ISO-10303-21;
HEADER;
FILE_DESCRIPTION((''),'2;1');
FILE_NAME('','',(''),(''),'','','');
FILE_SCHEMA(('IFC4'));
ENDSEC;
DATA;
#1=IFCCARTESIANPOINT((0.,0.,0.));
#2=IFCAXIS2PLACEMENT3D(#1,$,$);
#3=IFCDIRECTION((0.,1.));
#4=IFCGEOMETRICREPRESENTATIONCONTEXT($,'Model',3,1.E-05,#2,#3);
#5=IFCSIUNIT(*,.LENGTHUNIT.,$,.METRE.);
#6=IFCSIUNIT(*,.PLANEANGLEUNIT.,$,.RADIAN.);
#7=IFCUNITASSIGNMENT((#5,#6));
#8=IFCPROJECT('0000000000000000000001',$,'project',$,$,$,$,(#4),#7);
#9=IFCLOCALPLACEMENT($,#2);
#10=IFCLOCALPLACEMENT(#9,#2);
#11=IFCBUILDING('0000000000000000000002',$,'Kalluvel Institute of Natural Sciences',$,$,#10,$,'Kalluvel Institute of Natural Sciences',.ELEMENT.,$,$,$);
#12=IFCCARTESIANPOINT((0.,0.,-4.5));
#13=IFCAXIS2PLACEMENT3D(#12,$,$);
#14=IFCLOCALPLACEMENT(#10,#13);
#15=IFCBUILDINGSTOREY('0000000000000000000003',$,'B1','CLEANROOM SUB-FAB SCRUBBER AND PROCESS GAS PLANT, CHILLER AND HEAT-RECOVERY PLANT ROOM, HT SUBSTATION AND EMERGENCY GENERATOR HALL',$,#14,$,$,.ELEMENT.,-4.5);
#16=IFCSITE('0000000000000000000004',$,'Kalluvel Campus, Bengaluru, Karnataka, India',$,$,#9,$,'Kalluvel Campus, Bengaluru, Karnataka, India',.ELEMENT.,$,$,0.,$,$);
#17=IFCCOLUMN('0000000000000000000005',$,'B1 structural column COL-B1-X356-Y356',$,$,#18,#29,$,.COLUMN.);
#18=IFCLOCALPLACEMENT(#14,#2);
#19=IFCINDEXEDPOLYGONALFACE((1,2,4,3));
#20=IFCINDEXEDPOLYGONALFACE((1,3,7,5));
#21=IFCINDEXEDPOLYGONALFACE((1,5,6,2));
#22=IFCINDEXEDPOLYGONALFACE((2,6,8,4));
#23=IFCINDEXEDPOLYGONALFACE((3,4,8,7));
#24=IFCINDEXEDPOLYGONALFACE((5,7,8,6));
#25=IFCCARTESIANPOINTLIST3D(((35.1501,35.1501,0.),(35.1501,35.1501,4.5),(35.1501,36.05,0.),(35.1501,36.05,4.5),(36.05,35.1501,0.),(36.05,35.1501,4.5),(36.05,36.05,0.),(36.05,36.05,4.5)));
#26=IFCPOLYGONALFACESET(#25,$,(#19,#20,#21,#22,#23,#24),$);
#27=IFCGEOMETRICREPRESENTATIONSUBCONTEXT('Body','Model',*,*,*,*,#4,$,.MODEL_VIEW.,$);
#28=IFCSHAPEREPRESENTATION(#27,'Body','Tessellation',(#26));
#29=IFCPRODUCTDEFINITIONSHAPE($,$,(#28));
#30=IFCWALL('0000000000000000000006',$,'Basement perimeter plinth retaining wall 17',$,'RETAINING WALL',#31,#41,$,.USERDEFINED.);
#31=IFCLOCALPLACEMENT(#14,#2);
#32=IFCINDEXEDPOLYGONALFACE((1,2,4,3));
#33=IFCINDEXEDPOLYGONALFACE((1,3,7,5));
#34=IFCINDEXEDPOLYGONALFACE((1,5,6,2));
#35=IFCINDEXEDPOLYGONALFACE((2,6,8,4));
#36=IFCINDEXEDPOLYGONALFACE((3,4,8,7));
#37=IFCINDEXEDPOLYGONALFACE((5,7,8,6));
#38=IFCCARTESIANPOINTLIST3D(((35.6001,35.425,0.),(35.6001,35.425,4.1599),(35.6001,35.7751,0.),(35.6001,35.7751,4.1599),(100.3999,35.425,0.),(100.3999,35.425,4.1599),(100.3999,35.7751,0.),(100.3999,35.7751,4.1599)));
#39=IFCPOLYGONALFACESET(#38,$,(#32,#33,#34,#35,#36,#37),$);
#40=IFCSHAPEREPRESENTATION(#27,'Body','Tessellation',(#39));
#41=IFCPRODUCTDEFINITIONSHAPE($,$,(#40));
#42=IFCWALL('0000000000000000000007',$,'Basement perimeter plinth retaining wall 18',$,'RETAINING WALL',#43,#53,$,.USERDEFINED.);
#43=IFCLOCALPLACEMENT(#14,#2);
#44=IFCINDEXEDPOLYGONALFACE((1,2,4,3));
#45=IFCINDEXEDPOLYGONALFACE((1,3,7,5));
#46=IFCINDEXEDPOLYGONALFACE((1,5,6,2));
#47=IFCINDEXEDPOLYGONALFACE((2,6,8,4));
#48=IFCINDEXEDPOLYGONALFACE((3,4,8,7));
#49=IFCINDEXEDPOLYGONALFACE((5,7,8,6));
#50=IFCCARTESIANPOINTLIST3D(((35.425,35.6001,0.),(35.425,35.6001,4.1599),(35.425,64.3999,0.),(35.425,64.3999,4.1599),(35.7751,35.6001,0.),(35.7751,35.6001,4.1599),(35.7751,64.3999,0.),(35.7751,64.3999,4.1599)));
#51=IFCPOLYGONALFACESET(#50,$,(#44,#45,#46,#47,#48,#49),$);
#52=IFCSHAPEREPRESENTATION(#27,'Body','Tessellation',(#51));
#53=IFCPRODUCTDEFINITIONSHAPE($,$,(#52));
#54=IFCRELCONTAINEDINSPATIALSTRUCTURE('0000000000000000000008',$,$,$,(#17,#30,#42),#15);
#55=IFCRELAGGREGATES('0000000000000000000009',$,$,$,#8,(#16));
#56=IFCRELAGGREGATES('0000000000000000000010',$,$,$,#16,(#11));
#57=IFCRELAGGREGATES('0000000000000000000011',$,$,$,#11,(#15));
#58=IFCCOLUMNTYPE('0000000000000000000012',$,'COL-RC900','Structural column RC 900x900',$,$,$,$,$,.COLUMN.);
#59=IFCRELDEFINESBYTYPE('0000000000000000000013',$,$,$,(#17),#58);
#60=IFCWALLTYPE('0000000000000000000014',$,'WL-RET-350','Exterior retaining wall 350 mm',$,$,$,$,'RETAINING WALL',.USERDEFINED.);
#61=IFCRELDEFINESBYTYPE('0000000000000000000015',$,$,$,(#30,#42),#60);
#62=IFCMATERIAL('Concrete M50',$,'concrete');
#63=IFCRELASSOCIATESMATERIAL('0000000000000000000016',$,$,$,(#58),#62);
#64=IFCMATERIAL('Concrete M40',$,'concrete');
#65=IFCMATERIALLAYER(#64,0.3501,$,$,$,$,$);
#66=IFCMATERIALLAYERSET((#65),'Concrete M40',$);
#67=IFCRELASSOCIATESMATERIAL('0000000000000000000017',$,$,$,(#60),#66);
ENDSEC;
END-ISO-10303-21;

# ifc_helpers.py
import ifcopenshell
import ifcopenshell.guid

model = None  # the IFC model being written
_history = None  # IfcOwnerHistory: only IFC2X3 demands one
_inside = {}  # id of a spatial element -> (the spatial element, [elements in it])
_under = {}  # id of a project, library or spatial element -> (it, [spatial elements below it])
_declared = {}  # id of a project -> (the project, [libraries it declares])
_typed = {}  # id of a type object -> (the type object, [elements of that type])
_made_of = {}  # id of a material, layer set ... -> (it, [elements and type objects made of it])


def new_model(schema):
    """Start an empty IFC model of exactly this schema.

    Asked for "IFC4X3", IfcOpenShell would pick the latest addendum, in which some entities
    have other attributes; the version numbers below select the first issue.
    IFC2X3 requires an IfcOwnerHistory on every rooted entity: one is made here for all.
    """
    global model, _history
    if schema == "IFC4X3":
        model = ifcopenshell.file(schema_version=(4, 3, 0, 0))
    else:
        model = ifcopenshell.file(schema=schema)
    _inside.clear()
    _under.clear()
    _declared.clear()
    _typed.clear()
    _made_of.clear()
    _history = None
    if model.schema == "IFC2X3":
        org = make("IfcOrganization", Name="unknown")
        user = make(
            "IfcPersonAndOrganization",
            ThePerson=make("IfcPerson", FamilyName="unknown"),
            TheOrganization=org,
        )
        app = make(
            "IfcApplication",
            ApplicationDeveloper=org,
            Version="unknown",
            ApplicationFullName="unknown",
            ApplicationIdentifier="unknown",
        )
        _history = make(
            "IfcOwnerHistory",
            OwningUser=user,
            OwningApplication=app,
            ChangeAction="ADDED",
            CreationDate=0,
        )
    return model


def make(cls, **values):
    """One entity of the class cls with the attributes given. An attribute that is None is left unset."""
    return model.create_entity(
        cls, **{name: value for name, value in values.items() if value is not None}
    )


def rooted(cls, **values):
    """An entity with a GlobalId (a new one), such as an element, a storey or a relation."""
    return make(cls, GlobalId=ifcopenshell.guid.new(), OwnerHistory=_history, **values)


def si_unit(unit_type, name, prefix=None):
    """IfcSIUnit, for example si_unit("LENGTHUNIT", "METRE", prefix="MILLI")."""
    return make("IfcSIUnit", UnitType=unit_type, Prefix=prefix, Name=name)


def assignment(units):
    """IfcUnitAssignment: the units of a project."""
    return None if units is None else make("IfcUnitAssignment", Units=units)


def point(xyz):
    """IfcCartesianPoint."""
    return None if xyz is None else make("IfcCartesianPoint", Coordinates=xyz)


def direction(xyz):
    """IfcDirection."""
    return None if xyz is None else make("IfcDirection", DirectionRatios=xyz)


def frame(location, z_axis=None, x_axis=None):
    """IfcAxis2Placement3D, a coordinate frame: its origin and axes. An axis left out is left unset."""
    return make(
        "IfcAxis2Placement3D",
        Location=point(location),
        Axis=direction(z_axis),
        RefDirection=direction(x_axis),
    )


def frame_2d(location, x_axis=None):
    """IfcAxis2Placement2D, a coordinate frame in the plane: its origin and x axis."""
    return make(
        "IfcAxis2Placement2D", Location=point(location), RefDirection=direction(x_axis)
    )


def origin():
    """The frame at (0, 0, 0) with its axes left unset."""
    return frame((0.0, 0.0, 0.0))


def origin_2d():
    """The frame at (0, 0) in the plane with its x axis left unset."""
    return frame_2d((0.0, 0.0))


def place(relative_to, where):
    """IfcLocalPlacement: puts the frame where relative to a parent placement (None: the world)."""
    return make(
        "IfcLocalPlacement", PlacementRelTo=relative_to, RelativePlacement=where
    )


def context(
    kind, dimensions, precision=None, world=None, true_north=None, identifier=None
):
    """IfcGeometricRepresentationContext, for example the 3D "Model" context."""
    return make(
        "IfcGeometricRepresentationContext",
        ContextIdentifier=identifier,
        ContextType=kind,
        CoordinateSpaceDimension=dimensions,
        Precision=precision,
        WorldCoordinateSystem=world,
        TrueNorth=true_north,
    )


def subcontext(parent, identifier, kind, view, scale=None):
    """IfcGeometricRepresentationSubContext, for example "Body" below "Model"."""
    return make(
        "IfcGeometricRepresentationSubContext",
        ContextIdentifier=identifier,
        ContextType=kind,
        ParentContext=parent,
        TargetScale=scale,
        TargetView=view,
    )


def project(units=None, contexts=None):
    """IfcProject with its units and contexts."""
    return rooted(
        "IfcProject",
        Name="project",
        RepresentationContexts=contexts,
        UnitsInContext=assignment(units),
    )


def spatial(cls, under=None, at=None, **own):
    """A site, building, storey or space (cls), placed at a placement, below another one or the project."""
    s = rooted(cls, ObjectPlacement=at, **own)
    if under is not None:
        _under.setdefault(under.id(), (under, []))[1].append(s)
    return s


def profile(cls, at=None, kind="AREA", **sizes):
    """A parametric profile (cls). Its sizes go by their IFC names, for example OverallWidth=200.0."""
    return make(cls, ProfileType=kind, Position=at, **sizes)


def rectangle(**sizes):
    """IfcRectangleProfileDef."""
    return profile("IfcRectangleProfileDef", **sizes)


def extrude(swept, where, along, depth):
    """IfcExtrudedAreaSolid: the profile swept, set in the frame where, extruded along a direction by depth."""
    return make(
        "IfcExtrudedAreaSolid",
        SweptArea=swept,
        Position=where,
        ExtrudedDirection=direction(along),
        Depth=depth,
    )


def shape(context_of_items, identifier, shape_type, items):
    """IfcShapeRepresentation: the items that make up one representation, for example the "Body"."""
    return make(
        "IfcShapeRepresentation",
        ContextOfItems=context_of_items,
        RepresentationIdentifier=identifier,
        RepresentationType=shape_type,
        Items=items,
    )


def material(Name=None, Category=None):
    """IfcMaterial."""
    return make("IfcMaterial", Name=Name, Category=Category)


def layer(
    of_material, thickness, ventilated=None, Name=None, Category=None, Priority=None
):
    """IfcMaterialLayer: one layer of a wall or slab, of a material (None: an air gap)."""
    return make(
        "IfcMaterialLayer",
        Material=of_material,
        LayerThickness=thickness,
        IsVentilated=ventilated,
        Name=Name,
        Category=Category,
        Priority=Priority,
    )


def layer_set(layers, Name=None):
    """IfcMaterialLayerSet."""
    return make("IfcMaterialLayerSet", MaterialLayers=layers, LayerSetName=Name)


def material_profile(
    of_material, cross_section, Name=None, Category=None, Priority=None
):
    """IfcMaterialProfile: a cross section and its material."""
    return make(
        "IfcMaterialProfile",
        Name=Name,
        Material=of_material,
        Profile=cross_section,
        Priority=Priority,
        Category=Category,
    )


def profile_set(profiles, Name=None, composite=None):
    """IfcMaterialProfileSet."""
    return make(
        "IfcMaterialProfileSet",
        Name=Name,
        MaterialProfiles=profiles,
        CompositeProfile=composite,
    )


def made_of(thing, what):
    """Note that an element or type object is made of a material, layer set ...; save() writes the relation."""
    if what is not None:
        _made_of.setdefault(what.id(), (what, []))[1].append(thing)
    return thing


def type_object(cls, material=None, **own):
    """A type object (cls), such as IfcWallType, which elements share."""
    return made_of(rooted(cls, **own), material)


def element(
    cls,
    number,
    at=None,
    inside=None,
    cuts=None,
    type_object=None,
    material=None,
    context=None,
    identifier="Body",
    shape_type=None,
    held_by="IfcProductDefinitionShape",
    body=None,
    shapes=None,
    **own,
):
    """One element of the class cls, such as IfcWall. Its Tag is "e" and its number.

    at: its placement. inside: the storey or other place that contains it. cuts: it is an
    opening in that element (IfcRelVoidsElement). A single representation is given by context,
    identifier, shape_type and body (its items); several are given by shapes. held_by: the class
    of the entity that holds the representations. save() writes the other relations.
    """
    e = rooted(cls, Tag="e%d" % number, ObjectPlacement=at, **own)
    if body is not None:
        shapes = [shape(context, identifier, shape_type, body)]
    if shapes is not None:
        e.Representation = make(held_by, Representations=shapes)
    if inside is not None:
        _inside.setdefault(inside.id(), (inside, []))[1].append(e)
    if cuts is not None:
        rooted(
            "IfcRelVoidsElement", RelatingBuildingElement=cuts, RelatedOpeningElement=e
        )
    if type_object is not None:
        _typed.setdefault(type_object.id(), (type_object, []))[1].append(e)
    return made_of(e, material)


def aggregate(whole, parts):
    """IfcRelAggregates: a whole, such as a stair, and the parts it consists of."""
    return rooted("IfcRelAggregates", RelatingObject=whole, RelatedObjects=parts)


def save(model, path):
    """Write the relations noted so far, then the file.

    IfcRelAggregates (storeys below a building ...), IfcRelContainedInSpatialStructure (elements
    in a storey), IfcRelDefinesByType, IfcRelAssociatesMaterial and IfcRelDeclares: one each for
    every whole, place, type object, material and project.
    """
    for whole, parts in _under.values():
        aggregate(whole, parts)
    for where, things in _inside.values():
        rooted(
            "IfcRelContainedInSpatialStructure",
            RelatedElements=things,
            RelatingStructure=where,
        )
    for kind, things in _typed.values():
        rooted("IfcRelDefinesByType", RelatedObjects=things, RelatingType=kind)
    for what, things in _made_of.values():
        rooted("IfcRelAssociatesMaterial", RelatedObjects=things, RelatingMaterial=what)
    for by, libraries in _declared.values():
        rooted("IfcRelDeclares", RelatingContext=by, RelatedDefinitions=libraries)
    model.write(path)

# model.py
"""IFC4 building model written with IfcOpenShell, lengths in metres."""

from ifc_helpers import new_model, si_unit, direction, frame, frame_2d, origin, origin_2d, place, context, subcontext, project, spatial, rectangle, extrude, material, layer, layer_set, material_profile, profile_set, type_object, element, save


model = new_model("IFC4")

# Units and contexts
model_context = context("Model", 3, precision=1e-05, world=origin(), true_north=direction((0.0, 1.0)))
body_context = subcontext(model_context, "Body", "Model", "MODEL_VIEW")
ifc_project = project(units=[si_unit("LENGTHUNIT", "METRE"), si_unit("PLANEANGLEUNIT", "RADIAN")], contexts=[model_context])

# Site, building, storey
site_placement = place(None, origin())
site = spatial("IfcSite", under=ifc_project, at=site_placement, Name="Kalluvel Campus, Bengaluru, Karnataka, India", LongName="Kalluvel Campus, Bengaluru, Karnataka, India", CompositionType="ELEMENT", RefElevation=0.0)
building_placement = place(site_placement, origin())
building = spatial("IfcBuilding", under=site, at=building_placement, Name="Kalluvel Institute of Natural Sciences", LongName="Kalluvel Institute of Natural Sciences", CompositionType="ELEMENT")
storey_placement = place(building_placement, frame((0.0, 0.0, -4.5)))
storey = spatial("IfcBuildingStorey", under=building, at=storey_placement, Name="B1", Description="CLEANROOM SUB-FAB SCRUBBER AND PROCESS GAS PLANT, CHILLER AND HEAT-RECOVERY PLANT ROOM, HT SUBSTATION AND EMERGENCY GENERATOR HALL", CompositionType="ELEMENT", Elevation=-4.5)

# Shared definitions
ifc_material_1 = material(Name="Concrete M40", Category="concrete")

# Column
ifc_material_2 = material(Name="Concrete M50", Category="concrete")
ifc_material_profile_1 = material_profile(ifc_material_2, rectangle(XDim=0.8999, YDim=0.8999, at=origin_2d()), Name="RC 900x900")
ifc_profile_set_1 = profile_set([ifc_material_profile_1], Name="Concrete M50")
column_type_1 = type_object("IfcColumnType", Name="COL-RC900", Description="Structural column RC 900x900", PredefinedType="COLUMN", material=ifc_profile_set_1)
column_1_placement = place(storey_placement, frame((35.6001, 35.6001, 0.0), z_axis=(0.0, 0.0, 1.0), x_axis=(1.0, 0.0, 0.0)))
element("IfcColumn", 1, at=column_1_placement, inside=storey, type_object=column_type_1, Name="B1 structural column COL-B1-X356-Y356", PredefinedType="COLUMN", context=body_context, shape_type="SweptSolid", body=[
    extrude(rectangle(XDim=0.8999, YDim=0.8999, at=origin_2d()), origin(), (0.0, 0.0, 1.0), 4.5),
])

# Walls
ifc_layer = layer(ifc_material_1, 0.3501)
ifc_layer_set = layer_set([ifc_layer], Name="Concrete M40")
wall_type = type_object("IfcWallType", Name="WL-RET-350", Description="Exterior retaining wall 350 mm", ElementType="RETAINING WALL", PredefinedType="USERDEFINED", material=ifc_layer_set)
wall_1_placement = place(storey_placement, frame((35.6001, 35.6001, 0.0), z_axis=(0.0, 0.0, 1.0), x_axis=(1.0, 0.0, 0.0)))
element("IfcWall", 2, at=wall_1_placement, inside=storey, type_object=wall_type, Name="Basement perimeter plinth retaining wall 17", ObjectType="RETAINING WALL", PredefinedType="USERDEFINED", context=body_context, shape_type="SweptSolid", body=[
    extrude(rectangle(XDim=64.7998, YDim=0.3501, at=frame_2d((32.3999, 0.0))), origin(), (0.0, 0.0, 1.0), 4.1599),
])
wall_2_placement = place(storey_placement, frame((35.6001, 35.6001, 0.0), z_axis=(0.0, 0.0, 1.0), x_axis=(0.0, 1.0, 0.0)))
element("IfcWall", 3, at=wall_2_placement, inside=storey, type_object=wall_type, Name="Basement perimeter plinth retaining wall 18", ObjectType="RETAINING WALL", PredefinedType="USERDEFINED", context=body_context, shape_type="SweptSolid", body=[
    extrude(rectangle(XDim=28.7998, YDim=0.3501, at=frame_2d((14.3999, 0.0))), origin(), (0.0, 0.0, 1.0), 4.1599),
])

save(model, "model.ifc")
